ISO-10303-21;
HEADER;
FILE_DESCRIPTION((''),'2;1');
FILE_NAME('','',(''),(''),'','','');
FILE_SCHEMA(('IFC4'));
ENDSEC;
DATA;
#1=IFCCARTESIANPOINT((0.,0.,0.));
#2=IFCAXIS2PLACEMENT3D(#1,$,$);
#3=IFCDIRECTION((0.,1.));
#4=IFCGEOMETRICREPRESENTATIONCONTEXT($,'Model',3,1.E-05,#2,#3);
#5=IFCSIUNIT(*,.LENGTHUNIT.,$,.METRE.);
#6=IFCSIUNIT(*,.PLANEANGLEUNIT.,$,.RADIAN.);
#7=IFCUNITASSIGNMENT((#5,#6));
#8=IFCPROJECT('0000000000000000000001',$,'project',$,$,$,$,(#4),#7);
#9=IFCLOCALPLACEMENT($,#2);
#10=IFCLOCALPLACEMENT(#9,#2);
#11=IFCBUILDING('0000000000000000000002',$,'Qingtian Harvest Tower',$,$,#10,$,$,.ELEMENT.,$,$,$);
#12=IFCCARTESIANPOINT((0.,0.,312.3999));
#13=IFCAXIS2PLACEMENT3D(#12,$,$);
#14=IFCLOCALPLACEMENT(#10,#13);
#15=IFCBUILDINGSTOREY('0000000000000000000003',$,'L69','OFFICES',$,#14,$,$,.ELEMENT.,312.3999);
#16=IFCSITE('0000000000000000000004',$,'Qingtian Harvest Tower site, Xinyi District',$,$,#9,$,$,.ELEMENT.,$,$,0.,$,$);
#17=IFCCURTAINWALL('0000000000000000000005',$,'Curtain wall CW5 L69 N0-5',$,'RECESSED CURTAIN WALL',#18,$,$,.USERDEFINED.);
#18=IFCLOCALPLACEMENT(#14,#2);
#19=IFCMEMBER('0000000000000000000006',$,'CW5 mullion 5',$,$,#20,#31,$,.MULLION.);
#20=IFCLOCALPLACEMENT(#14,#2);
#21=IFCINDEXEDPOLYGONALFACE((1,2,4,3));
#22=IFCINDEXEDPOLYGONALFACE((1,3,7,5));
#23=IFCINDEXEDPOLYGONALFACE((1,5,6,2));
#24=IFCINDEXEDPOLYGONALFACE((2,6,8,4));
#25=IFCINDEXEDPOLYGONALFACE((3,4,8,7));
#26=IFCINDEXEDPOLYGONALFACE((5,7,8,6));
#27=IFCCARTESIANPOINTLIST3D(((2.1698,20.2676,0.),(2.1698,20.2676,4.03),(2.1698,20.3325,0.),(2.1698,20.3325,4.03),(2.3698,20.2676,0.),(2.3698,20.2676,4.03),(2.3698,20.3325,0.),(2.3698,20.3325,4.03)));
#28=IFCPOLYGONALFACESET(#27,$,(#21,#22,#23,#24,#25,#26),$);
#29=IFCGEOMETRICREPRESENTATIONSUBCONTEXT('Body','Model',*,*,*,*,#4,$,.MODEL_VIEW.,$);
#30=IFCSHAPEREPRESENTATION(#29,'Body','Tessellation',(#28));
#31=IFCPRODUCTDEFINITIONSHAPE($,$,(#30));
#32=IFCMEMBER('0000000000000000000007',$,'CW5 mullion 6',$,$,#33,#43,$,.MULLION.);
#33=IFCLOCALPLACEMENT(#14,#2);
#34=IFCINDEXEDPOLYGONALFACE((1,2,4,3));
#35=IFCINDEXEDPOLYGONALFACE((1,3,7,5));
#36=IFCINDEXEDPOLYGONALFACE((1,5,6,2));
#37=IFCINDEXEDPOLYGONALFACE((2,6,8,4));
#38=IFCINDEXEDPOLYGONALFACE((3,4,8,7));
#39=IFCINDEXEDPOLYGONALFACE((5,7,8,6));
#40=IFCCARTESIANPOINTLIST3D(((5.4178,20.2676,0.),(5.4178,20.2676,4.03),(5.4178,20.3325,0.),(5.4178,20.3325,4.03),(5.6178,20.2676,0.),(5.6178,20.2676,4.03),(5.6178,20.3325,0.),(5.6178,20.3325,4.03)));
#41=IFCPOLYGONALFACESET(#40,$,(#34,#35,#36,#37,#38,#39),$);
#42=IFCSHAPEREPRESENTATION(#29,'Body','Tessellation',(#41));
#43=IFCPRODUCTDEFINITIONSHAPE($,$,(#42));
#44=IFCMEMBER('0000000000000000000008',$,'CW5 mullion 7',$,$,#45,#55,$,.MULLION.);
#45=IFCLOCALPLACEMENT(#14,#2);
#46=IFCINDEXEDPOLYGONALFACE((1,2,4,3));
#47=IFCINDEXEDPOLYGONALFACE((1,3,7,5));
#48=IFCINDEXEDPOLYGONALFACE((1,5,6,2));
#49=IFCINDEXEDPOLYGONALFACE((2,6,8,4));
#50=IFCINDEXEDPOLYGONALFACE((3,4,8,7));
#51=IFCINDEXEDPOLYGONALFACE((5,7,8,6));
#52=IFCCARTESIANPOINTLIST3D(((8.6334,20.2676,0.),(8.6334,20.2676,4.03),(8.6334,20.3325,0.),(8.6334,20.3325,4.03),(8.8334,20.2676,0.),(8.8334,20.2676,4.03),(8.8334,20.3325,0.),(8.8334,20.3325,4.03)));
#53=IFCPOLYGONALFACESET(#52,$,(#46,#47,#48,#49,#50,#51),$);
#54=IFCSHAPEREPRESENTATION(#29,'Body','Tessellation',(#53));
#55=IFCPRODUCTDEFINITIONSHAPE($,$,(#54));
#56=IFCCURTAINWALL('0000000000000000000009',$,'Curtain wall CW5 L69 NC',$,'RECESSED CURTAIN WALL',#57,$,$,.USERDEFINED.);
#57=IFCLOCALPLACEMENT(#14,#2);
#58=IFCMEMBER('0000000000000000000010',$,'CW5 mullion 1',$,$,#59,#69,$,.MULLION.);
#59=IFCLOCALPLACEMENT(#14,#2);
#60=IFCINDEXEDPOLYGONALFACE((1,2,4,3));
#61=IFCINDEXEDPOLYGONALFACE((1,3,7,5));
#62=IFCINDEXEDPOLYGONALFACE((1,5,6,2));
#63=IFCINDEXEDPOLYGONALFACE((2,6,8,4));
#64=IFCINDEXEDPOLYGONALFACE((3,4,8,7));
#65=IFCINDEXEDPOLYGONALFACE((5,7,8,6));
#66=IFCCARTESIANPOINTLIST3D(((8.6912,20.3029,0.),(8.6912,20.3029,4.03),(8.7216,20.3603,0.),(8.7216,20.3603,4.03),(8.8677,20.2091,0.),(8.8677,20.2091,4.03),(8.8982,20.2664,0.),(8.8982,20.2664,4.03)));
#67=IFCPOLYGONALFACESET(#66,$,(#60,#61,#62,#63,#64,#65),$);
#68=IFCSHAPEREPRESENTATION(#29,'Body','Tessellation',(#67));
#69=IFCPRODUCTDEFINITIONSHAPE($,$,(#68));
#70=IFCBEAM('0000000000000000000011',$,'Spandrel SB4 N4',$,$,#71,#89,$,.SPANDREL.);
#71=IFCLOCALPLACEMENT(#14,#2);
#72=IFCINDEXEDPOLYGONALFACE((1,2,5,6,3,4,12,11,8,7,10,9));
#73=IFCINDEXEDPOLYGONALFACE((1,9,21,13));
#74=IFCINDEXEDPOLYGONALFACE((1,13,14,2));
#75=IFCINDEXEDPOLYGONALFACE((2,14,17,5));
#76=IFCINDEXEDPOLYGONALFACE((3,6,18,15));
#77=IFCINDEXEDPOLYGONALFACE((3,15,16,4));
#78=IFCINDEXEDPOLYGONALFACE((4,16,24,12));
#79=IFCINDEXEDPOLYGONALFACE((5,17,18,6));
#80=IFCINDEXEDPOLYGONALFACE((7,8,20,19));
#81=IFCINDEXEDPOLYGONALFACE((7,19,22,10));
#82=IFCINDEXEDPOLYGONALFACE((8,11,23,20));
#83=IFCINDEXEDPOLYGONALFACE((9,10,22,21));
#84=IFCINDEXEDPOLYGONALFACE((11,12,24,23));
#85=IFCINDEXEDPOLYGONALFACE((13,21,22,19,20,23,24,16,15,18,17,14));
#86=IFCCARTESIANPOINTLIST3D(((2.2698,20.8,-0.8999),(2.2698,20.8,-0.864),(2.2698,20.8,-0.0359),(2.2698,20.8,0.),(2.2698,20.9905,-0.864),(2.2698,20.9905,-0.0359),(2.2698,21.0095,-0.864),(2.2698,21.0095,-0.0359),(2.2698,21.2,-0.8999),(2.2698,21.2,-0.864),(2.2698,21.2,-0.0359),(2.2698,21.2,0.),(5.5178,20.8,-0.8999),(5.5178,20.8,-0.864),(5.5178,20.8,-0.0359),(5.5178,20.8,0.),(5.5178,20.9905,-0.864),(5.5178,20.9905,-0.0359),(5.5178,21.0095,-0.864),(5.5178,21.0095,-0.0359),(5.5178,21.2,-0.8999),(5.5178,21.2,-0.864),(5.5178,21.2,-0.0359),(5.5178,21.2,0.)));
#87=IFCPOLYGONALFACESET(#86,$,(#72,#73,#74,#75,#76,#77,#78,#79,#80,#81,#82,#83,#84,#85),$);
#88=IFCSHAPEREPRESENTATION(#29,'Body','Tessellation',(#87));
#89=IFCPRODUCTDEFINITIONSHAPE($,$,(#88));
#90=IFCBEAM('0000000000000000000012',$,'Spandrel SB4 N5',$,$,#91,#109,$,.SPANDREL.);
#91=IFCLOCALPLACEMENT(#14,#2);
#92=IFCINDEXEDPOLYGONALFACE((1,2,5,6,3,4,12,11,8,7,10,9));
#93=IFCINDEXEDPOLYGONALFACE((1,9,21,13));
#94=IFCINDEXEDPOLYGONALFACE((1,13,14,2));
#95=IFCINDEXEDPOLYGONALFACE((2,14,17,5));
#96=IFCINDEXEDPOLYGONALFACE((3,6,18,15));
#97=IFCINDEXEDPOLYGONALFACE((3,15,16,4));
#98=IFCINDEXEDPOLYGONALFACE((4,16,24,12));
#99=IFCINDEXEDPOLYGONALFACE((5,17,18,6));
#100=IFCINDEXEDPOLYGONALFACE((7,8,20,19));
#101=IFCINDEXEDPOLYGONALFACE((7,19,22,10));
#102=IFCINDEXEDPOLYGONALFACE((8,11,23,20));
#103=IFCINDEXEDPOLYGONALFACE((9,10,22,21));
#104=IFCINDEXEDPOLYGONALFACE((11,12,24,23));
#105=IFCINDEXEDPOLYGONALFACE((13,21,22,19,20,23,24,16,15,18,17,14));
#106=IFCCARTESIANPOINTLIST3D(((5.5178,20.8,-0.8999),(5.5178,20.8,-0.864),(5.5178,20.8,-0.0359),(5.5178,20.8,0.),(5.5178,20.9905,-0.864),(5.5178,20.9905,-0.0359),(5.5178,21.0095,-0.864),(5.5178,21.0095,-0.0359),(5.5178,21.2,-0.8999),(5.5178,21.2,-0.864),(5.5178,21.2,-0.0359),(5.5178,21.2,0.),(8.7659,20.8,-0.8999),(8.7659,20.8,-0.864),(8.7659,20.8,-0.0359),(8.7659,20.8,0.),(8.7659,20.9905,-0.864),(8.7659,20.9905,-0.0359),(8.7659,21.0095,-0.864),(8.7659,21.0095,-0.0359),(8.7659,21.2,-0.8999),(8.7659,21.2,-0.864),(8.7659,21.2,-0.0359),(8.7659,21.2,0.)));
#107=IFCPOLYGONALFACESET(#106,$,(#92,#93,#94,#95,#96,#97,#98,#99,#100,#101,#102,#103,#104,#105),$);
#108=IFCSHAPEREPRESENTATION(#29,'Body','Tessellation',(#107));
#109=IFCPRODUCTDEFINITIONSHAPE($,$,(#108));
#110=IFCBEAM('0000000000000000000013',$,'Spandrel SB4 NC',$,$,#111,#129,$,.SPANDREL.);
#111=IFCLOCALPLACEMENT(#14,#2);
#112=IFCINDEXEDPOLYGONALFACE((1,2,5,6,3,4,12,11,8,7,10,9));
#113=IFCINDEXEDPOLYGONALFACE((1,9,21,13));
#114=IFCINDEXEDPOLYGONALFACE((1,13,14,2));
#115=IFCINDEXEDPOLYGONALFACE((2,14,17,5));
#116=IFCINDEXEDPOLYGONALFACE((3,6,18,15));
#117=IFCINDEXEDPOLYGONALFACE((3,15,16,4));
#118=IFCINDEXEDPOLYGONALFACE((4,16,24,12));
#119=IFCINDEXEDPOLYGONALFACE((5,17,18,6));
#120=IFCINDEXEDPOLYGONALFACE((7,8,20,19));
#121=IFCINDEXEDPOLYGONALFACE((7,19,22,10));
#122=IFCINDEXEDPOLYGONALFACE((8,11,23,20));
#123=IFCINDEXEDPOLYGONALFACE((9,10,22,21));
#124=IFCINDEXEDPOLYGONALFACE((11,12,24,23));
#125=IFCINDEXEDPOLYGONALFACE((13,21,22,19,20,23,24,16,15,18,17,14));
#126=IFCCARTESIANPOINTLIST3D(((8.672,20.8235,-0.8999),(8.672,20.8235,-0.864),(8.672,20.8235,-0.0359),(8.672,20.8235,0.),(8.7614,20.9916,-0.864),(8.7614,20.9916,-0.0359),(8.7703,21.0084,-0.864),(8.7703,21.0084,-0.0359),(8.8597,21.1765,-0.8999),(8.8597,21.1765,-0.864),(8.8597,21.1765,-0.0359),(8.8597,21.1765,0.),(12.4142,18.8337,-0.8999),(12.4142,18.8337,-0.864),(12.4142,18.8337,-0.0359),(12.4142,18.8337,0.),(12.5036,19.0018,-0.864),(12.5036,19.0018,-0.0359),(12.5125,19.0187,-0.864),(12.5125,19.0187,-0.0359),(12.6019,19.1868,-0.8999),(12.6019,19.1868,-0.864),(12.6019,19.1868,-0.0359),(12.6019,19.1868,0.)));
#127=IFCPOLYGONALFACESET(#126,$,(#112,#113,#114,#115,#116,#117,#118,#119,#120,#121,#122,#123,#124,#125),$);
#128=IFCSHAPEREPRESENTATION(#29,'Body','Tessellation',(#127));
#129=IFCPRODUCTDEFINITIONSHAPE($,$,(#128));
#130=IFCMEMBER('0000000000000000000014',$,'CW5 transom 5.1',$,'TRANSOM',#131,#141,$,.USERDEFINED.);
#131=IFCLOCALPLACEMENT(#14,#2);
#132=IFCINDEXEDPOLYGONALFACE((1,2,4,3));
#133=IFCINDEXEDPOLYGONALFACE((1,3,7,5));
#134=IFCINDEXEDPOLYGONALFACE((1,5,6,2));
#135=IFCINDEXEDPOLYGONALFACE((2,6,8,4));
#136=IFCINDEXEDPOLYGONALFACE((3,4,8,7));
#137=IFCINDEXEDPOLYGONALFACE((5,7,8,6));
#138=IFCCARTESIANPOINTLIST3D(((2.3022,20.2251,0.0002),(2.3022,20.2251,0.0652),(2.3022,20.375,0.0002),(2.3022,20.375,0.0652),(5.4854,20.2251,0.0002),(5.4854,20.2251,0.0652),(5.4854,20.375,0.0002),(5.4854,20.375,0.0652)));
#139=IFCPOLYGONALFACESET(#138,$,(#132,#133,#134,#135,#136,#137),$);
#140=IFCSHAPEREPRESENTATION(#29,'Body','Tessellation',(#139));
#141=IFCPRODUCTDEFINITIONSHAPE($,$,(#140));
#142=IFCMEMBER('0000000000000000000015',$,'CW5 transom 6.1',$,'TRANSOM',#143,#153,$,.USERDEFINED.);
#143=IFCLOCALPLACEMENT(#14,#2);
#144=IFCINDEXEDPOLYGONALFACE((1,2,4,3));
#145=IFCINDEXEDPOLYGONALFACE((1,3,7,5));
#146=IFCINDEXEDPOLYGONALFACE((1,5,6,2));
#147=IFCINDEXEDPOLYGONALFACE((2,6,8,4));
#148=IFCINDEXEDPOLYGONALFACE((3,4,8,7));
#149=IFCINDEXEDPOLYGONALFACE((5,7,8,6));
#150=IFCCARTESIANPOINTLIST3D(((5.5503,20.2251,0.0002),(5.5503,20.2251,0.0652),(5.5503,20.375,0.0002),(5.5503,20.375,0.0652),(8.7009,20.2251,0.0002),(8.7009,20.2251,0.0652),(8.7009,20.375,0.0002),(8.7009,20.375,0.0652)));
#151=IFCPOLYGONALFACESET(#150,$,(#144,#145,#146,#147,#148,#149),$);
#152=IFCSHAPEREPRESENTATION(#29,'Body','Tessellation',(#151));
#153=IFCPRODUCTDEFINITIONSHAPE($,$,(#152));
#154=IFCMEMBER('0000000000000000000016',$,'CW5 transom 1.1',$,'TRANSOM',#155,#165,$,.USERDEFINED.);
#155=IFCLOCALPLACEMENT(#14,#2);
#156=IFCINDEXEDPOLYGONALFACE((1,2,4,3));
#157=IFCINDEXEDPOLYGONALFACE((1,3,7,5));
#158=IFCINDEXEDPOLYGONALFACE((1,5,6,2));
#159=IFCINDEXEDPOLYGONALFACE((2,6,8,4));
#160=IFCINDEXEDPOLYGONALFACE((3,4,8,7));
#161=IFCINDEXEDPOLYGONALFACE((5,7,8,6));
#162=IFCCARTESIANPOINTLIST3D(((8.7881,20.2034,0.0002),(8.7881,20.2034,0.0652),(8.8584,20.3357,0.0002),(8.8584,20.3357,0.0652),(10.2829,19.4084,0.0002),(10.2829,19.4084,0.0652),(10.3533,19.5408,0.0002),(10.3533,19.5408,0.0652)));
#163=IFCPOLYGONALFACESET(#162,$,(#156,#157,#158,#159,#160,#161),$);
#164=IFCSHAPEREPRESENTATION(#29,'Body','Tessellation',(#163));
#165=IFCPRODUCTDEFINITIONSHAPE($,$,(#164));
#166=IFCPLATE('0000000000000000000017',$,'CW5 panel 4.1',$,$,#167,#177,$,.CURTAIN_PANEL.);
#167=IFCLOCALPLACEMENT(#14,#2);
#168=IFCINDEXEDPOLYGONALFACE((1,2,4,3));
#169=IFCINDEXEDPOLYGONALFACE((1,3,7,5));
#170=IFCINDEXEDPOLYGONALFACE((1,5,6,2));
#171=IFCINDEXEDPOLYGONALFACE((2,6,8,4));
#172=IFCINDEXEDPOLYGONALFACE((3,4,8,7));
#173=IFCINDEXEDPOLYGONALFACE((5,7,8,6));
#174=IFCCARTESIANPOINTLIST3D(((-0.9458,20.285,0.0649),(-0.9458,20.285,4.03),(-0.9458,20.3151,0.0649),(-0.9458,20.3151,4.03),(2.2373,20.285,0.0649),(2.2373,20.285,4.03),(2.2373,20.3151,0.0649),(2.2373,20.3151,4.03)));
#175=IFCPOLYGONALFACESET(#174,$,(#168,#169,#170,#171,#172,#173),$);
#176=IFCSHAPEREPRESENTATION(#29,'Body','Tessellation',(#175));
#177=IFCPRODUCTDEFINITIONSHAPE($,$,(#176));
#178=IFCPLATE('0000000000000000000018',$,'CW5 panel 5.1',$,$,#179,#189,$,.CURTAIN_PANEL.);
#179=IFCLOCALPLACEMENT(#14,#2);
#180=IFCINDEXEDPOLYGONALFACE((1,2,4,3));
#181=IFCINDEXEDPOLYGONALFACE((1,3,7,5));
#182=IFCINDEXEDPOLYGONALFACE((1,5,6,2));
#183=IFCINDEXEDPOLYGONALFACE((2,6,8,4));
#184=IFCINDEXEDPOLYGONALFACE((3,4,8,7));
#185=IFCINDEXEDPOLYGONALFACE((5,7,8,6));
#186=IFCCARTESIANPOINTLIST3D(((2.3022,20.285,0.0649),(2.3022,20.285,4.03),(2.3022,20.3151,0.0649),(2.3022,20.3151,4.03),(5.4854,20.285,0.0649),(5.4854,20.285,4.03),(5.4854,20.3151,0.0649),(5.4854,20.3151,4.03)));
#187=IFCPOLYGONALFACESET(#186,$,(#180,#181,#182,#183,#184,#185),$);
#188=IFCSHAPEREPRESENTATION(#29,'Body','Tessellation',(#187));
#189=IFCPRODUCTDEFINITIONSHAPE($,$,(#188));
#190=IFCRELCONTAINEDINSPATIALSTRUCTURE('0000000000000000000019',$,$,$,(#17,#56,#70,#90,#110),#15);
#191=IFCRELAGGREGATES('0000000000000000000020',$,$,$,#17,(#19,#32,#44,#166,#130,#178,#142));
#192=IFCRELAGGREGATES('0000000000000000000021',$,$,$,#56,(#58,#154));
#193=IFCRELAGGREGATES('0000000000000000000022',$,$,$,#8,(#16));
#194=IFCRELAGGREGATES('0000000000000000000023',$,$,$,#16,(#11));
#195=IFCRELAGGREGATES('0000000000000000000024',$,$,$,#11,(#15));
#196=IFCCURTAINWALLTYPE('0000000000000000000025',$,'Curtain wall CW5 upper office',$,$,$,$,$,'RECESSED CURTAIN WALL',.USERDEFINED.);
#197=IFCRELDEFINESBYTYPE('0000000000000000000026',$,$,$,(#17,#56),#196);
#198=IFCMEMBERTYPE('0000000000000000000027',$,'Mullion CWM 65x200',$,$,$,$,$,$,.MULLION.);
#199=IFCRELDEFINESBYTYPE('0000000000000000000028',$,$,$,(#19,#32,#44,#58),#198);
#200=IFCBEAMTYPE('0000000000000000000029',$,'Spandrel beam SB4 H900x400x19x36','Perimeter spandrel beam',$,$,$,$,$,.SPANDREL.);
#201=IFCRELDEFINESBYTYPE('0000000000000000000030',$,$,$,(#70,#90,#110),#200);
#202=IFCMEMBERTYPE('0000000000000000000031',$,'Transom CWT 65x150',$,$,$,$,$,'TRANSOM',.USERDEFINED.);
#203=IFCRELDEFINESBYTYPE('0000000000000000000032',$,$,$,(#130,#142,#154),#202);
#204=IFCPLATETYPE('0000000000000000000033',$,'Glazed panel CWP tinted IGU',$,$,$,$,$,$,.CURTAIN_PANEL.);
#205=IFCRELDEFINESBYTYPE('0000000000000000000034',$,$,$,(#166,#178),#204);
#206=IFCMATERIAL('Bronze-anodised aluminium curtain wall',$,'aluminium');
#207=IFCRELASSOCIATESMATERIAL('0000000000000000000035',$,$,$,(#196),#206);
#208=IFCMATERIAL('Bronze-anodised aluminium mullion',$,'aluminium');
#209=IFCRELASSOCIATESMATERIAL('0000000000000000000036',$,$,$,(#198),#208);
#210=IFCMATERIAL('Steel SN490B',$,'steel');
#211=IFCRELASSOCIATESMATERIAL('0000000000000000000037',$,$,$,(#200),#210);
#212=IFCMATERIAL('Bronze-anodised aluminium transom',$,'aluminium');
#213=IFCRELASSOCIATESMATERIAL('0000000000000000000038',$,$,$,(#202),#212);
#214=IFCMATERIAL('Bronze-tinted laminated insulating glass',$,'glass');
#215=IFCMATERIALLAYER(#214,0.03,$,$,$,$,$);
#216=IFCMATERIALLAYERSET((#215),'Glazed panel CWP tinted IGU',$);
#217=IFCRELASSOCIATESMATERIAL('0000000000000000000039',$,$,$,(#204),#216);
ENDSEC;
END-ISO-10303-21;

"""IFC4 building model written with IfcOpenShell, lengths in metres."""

from ifc_helpers import new_model, si_unit, direction, frame, origin, origin_2d, place, context, subcontext, project, spatial, rectangle, i_section, extrude, material, layer, layer_set, material_profile, profile_set, type_object, element, aggregate, save


model = new_model("IFC4")

# Units and contexts
model_context = context("Model", 3, precision=1e-05, world=origin(), true_north=direction((0.0, 1.0)))
body_context = subcontext(model_context, "Body", "Model", "MODEL_VIEW")
ifc_project = project(units=[si_unit("LENGTHUNIT", "METRE"), si_unit("PLANEANGLEUNIT", "RADIAN")], contexts=[model_context])

# Site, building, storey
site_placement = place(None, origin())
site = spatial("IfcSite", under=ifc_project, at=site_placement, Name="Qingtian Harvest Tower site, Xinyi District", CompositionType="ELEMENT", RefElevation=0.0)
building_placement = place(site_placement, origin())
building = spatial("IfcBuilding", under=site, at=building_placement, Name="Qingtian Harvest Tower", CompositionType="ELEMENT")
storey_placement = place(building_placement, frame((0.0, 0.0, 312.3999)))
storey = spatial("IfcBuildingStorey", under=building, at=storey_placement, Name="L69", Description="OFFICES", CompositionType="ELEMENT", Elevation=312.3999)

# Curtain wall, members
ifc_material_1 = material(Name="Bronze-anodised aluminium curtain wall", Category="aluminium")
curtain_wall_type = type_object("IfcCurtainWallType", Name="Curtain wall CW5 upper office", ElementType="RECESSED CURTAIN WALL", PredefinedType="USERDEFINED", material=ifc_material_1)
curtain_wall_1_placement = place(storey_placement, origin())
curtain_wall_1 = element("IfcCurtainWall", 1, at=curtain_wall_1_placement, inside=storey, type_object=curtain_wall_type, Name="Curtain wall CW5 L69 N0-5", ObjectType="RECESSED CURTAIN WALL", PredefinedType="USERDEFINED")
ifc_material_2 = material(Name="Bronze-anodised aluminium mullion", Category="aluminium")
ifc_material_profile_1 = material_profile(ifc_material_2, rectangle(XDim=0.0649, YDim=0.2, at=origin_2d()), Name="AL 65x200")
ifc_profile_set_1 = profile_set([ifc_material_profile_1], Name="Bronze-anodised aluminium mullion")
member_type_1 = type_object("IfcMemberType", Name="Mullion CWM 65x200", PredefinedType="MULLION", material=ifc_profile_set_1)
member_1_placement = place(storey_placement, frame((2.2698, 20.3, 0.0), z_axis=(0.0, 0.0, 1.0), x_axis=(0.0, 1.0, 0.0)))
member_1 = element("IfcMember", 2, at=member_1_placement, type_object=member_type_1, Name="CW5 mullion 5", PredefinedType="MULLION", context=body_context, shape_type="SweptSolid", body=[
    extrude(rectangle(XDim=0.0649, YDim=0.2, at=origin_2d()), origin(), (0.0, 0.0, 1.0), 4.03),
])
member_2_placement = place(storey_placement, frame((5.5178, 20.3, 0.0), z_axis=(0.0, 0.0, 1.0), x_axis=(0.0, 1.0, 0.0)))
member_2 = element("IfcMember", 3, at=member_2_placement, type_object=member_type_1, Name="CW5 mullion 6", PredefinedType="MULLION", context=body_context, shape_type="SweptSolid", body=[
    extrude(rectangle(XDim=0.0649, YDim=0.2, at=origin_2d()), origin(), (0.0, 0.0, 1.0), 4.03),
])
member_3_placement = place(storey_placement, frame((8.7334, 20.3, 0.0), z_axis=(0.0, 0.0, 1.0), x_axis=(0.0, 1.0, 0.0)))
member_3 = element("IfcMember", 4, at=member_3_placement, type_object=member_type_1, Name="CW5 mullion 7", PredefinedType="MULLION", context=body_context, shape_type="SweptSolid", body=[
    extrude(rectangle(XDim=0.0649, YDim=0.2, at=origin_2d()), origin(), (0.0, 0.0, 1.0), 4.03),
])

# Curtain wall, member
curtain_wall_2_placement = place(storey_placement, origin())
curtain_wall_2 = element("IfcCurtainWall", 5, at=curtain_wall_2_placement, inside=storey, type_object=curtain_wall_type, Name="Curtain wall CW5 L69 NC", ObjectType="RECESSED CURTAIN WALL", PredefinedType="USERDEFINED")
member_4_placement = place(storey_placement, frame((8.7947, 20.2847, 0.0), z_axis=(0.0, 0.0, 1.0), x_axis=(0.469472, 0.882948, 0.0)))
member_4 = element("IfcMember", 6, at=member_4_placement, type_object=member_type_1, Name="CW5 mullion 1", PredefinedType="MULLION", context=body_context, shape_type="SweptSolid", body=[
    extrude(rectangle(XDim=0.0649, YDim=0.2, at=origin_2d()), origin(), (0.0, 0.0, 1.0), 4.03),
])

# Beams
ifc_material_3 = material(Name="Steel SN490B", Category="steel")
ifc_material_profile_2 = material_profile(ifc_material_3, i_section(OverallWidth=0.3999, OverallDepth=0.8999, WebThickness=0.019, FlangeThickness=0.0359, at=origin_2d()), Name="H900x400x19x36")
ifc_profile_set_2 = profile_set([ifc_material_profile_2], Name="Steel SN490B")
beam_type_1 = type_object("IfcBeamType", Name="Spandrel beam SB4 H900x400x19x36", Description="Perimeter spandrel beam", PredefinedType="SPANDREL", material=ifc_profile_set_2)
for number, where, z_axis, x_axis, name in (
    (7, (2.2698, 21.0, -0.45), (1.0, 0.0, 0.0), (0.0, 1.0, 0.0), "Spandrel SB4 N4"),
    (8, (5.5178, 21.0, -0.45), (1.0, 0.0, 0.0), (0.0, 1.0, 0.0), "Spandrel SB4 N5"),
):
    element("IfcBeam", number, at=place(storey_placement, frame(where, z_axis=z_axis, x_axis=x_axis)), inside=storey, type_object=beam_type_1, Name=name, PredefinedType="SPANDREL", context=body_context, shape_type="SweptSolid", body=[
        extrude(i_section(OverallWidth=0.3999, OverallDepth=0.8999, WebThickness=0.019, FlangeThickness=0.0359, at=origin_2d()), origin(), (0.0, 0.0, 1.0), 3.248),
    ])
beam_1_placement = place(storey_placement, frame((8.7659, 21.0, -0.45), z_axis=(0.882949, -0.46947, 0.0), x_axis=(0.46947, 0.882949, 0.0)))
element("IfcBeam", 9, at=beam_1_placement, inside=storey, type_object=beam_type_1, Name="Spandrel SB4 NC", PredefinedType="SPANDREL", context=body_context, shape_type="SweptSolid", body=[
    extrude(i_section(OverallWidth=0.3999, OverallDepth=0.8999, WebThickness=0.019, FlangeThickness=0.0359, at=origin_2d()), origin(), (0.0, 0.0, 1.0), 4.2383),
])

# Members
ifc_material_4 = material(Name="Bronze-anodised aluminium transom", Category="aluminium")
ifc_material_profile_3 = material_profile(ifc_material_4, rectangle(XDim=0.1499, YDim=0.0649, at=origin_2d()), Name="AL 65x150")
ifc_profile_set_3 = profile_set([ifc_material_profile_3], Name="Bronze-anodised aluminium transom")
member_type_2 = type_object("IfcMemberType", Name="Transom CWT 65x150", ElementType="TRANSOM", PredefinedType="USERDEFINED", material=ifc_profile_set_3)
member_5_placement = place(storey_placement, frame((2.3022, 20.3, 0.0327), z_axis=(1.0, 0.0, 0.0), x_axis=(0.0, 1.0, 0.0)))
member_5 = element("IfcMember", 10, at=member_5_placement, type_object=member_type_2, Name="CW5 transom 5.1", ObjectType="TRANSOM", PredefinedType="USERDEFINED", context=body_context, shape_type="SweptSolid", body=[
    extrude(rectangle(XDim=0.1499, YDim=0.0649, at=origin_2d()), origin(), (0.0, 0.0, 1.0), 3.1831),
])
member_6_placement = place(storey_placement, frame((5.5503, 20.3, 0.0327), z_axis=(1.0, 0.0, 0.0), x_axis=(0.0, 1.0, 0.0)))
member_6 = element("IfcMember", 11, at=member_6_placement, type_object=member_type_2, Name="CW5 transom 6.1", ObjectType="TRANSOM", PredefinedType="USERDEFINED", context=body_context, shape_type="SweptSolid", body=[
    extrude(rectangle(XDim=0.1499, YDim=0.0649, at=origin_2d()), origin(), (0.0, 0.0, 1.0), 3.1506),
])
member_7_placement = place(storey_placement, frame((8.8232, 20.2695, 0.0327), z_axis=(0.882927, -0.46951, 0.0), x_axis=(0.46951, 0.882927, 0.0)))
member_7 = element("IfcMember", 12, at=member_7_placement, type_object=member_type_2, Name="CW5 transom 1.1", ObjectType="TRANSOM", PredefinedType="USERDEFINED", context=body_context, shape_type="SweptSolid", body=[
    extrude(rectangle(XDim=0.1499, YDim=0.0649, at=origin_2d()), origin(), (0.0, 0.0, 1.0), 1.6931),
])

# Plates
ifc_material_5 = material(Name="Bronze-tinted laminated insulating glass", Category="glass")
ifc_layer_1 = layer(ifc_material_5, 0.03)
ifc_layer_set_1 = layer_set([ifc_layer_1], Name="Glazed panel CWP tinted IGU")
plate_type = type_object("IfcPlateType", Name="Glazed panel CWP tinted IGU", PredefinedType="CURTAIN_PANEL", material=ifc_layer_set_1)
plate_1_placement = place(storey_placement, frame((0.6458, 20.3, 0.0649), z_axis=(0.0, 0.0, 1.0), x_axis=(1.0, 0.0, 0.0)))
plate_1 = element("IfcPlate", 13, at=plate_1_placement, type_object=plate_type, Name="CW5 panel 4.1", PredefinedType="CURTAIN_PANEL", context=body_context, shape_type="SweptSolid", body=[
    extrude(rectangle(XDim=3.1831, YDim=0.03, at=origin_2d()), origin(), (0.0, 0.0, 1.0), 3.9651),
])
plate_2_placement = place(storey_placement, frame((3.8938, 20.3, 0.0649), z_axis=(0.0, 0.0, 1.0), x_axis=(1.0, 0.0, 0.0)))
plate_2 = element("IfcPlate", 14, at=plate_2_placement, type_object=plate_type, Name="CW5 panel 5.1", PredefinedType="CURTAIN_PANEL", context=body_context, shape_type="SweptSolid", body=[
    extrude(rectangle(XDim=3.1831, YDim=0.03, at=origin_2d()), origin(), (0.0, 0.0, 1.0), 3.9651),
])
aggregate(curtain_wall_1, [member_1, member_2, member_3, plate_1, member_5, plate_2, member_6])
aggregate(curtain_wall_2, [member_4, member_7])

save(model, "model.ifc")
